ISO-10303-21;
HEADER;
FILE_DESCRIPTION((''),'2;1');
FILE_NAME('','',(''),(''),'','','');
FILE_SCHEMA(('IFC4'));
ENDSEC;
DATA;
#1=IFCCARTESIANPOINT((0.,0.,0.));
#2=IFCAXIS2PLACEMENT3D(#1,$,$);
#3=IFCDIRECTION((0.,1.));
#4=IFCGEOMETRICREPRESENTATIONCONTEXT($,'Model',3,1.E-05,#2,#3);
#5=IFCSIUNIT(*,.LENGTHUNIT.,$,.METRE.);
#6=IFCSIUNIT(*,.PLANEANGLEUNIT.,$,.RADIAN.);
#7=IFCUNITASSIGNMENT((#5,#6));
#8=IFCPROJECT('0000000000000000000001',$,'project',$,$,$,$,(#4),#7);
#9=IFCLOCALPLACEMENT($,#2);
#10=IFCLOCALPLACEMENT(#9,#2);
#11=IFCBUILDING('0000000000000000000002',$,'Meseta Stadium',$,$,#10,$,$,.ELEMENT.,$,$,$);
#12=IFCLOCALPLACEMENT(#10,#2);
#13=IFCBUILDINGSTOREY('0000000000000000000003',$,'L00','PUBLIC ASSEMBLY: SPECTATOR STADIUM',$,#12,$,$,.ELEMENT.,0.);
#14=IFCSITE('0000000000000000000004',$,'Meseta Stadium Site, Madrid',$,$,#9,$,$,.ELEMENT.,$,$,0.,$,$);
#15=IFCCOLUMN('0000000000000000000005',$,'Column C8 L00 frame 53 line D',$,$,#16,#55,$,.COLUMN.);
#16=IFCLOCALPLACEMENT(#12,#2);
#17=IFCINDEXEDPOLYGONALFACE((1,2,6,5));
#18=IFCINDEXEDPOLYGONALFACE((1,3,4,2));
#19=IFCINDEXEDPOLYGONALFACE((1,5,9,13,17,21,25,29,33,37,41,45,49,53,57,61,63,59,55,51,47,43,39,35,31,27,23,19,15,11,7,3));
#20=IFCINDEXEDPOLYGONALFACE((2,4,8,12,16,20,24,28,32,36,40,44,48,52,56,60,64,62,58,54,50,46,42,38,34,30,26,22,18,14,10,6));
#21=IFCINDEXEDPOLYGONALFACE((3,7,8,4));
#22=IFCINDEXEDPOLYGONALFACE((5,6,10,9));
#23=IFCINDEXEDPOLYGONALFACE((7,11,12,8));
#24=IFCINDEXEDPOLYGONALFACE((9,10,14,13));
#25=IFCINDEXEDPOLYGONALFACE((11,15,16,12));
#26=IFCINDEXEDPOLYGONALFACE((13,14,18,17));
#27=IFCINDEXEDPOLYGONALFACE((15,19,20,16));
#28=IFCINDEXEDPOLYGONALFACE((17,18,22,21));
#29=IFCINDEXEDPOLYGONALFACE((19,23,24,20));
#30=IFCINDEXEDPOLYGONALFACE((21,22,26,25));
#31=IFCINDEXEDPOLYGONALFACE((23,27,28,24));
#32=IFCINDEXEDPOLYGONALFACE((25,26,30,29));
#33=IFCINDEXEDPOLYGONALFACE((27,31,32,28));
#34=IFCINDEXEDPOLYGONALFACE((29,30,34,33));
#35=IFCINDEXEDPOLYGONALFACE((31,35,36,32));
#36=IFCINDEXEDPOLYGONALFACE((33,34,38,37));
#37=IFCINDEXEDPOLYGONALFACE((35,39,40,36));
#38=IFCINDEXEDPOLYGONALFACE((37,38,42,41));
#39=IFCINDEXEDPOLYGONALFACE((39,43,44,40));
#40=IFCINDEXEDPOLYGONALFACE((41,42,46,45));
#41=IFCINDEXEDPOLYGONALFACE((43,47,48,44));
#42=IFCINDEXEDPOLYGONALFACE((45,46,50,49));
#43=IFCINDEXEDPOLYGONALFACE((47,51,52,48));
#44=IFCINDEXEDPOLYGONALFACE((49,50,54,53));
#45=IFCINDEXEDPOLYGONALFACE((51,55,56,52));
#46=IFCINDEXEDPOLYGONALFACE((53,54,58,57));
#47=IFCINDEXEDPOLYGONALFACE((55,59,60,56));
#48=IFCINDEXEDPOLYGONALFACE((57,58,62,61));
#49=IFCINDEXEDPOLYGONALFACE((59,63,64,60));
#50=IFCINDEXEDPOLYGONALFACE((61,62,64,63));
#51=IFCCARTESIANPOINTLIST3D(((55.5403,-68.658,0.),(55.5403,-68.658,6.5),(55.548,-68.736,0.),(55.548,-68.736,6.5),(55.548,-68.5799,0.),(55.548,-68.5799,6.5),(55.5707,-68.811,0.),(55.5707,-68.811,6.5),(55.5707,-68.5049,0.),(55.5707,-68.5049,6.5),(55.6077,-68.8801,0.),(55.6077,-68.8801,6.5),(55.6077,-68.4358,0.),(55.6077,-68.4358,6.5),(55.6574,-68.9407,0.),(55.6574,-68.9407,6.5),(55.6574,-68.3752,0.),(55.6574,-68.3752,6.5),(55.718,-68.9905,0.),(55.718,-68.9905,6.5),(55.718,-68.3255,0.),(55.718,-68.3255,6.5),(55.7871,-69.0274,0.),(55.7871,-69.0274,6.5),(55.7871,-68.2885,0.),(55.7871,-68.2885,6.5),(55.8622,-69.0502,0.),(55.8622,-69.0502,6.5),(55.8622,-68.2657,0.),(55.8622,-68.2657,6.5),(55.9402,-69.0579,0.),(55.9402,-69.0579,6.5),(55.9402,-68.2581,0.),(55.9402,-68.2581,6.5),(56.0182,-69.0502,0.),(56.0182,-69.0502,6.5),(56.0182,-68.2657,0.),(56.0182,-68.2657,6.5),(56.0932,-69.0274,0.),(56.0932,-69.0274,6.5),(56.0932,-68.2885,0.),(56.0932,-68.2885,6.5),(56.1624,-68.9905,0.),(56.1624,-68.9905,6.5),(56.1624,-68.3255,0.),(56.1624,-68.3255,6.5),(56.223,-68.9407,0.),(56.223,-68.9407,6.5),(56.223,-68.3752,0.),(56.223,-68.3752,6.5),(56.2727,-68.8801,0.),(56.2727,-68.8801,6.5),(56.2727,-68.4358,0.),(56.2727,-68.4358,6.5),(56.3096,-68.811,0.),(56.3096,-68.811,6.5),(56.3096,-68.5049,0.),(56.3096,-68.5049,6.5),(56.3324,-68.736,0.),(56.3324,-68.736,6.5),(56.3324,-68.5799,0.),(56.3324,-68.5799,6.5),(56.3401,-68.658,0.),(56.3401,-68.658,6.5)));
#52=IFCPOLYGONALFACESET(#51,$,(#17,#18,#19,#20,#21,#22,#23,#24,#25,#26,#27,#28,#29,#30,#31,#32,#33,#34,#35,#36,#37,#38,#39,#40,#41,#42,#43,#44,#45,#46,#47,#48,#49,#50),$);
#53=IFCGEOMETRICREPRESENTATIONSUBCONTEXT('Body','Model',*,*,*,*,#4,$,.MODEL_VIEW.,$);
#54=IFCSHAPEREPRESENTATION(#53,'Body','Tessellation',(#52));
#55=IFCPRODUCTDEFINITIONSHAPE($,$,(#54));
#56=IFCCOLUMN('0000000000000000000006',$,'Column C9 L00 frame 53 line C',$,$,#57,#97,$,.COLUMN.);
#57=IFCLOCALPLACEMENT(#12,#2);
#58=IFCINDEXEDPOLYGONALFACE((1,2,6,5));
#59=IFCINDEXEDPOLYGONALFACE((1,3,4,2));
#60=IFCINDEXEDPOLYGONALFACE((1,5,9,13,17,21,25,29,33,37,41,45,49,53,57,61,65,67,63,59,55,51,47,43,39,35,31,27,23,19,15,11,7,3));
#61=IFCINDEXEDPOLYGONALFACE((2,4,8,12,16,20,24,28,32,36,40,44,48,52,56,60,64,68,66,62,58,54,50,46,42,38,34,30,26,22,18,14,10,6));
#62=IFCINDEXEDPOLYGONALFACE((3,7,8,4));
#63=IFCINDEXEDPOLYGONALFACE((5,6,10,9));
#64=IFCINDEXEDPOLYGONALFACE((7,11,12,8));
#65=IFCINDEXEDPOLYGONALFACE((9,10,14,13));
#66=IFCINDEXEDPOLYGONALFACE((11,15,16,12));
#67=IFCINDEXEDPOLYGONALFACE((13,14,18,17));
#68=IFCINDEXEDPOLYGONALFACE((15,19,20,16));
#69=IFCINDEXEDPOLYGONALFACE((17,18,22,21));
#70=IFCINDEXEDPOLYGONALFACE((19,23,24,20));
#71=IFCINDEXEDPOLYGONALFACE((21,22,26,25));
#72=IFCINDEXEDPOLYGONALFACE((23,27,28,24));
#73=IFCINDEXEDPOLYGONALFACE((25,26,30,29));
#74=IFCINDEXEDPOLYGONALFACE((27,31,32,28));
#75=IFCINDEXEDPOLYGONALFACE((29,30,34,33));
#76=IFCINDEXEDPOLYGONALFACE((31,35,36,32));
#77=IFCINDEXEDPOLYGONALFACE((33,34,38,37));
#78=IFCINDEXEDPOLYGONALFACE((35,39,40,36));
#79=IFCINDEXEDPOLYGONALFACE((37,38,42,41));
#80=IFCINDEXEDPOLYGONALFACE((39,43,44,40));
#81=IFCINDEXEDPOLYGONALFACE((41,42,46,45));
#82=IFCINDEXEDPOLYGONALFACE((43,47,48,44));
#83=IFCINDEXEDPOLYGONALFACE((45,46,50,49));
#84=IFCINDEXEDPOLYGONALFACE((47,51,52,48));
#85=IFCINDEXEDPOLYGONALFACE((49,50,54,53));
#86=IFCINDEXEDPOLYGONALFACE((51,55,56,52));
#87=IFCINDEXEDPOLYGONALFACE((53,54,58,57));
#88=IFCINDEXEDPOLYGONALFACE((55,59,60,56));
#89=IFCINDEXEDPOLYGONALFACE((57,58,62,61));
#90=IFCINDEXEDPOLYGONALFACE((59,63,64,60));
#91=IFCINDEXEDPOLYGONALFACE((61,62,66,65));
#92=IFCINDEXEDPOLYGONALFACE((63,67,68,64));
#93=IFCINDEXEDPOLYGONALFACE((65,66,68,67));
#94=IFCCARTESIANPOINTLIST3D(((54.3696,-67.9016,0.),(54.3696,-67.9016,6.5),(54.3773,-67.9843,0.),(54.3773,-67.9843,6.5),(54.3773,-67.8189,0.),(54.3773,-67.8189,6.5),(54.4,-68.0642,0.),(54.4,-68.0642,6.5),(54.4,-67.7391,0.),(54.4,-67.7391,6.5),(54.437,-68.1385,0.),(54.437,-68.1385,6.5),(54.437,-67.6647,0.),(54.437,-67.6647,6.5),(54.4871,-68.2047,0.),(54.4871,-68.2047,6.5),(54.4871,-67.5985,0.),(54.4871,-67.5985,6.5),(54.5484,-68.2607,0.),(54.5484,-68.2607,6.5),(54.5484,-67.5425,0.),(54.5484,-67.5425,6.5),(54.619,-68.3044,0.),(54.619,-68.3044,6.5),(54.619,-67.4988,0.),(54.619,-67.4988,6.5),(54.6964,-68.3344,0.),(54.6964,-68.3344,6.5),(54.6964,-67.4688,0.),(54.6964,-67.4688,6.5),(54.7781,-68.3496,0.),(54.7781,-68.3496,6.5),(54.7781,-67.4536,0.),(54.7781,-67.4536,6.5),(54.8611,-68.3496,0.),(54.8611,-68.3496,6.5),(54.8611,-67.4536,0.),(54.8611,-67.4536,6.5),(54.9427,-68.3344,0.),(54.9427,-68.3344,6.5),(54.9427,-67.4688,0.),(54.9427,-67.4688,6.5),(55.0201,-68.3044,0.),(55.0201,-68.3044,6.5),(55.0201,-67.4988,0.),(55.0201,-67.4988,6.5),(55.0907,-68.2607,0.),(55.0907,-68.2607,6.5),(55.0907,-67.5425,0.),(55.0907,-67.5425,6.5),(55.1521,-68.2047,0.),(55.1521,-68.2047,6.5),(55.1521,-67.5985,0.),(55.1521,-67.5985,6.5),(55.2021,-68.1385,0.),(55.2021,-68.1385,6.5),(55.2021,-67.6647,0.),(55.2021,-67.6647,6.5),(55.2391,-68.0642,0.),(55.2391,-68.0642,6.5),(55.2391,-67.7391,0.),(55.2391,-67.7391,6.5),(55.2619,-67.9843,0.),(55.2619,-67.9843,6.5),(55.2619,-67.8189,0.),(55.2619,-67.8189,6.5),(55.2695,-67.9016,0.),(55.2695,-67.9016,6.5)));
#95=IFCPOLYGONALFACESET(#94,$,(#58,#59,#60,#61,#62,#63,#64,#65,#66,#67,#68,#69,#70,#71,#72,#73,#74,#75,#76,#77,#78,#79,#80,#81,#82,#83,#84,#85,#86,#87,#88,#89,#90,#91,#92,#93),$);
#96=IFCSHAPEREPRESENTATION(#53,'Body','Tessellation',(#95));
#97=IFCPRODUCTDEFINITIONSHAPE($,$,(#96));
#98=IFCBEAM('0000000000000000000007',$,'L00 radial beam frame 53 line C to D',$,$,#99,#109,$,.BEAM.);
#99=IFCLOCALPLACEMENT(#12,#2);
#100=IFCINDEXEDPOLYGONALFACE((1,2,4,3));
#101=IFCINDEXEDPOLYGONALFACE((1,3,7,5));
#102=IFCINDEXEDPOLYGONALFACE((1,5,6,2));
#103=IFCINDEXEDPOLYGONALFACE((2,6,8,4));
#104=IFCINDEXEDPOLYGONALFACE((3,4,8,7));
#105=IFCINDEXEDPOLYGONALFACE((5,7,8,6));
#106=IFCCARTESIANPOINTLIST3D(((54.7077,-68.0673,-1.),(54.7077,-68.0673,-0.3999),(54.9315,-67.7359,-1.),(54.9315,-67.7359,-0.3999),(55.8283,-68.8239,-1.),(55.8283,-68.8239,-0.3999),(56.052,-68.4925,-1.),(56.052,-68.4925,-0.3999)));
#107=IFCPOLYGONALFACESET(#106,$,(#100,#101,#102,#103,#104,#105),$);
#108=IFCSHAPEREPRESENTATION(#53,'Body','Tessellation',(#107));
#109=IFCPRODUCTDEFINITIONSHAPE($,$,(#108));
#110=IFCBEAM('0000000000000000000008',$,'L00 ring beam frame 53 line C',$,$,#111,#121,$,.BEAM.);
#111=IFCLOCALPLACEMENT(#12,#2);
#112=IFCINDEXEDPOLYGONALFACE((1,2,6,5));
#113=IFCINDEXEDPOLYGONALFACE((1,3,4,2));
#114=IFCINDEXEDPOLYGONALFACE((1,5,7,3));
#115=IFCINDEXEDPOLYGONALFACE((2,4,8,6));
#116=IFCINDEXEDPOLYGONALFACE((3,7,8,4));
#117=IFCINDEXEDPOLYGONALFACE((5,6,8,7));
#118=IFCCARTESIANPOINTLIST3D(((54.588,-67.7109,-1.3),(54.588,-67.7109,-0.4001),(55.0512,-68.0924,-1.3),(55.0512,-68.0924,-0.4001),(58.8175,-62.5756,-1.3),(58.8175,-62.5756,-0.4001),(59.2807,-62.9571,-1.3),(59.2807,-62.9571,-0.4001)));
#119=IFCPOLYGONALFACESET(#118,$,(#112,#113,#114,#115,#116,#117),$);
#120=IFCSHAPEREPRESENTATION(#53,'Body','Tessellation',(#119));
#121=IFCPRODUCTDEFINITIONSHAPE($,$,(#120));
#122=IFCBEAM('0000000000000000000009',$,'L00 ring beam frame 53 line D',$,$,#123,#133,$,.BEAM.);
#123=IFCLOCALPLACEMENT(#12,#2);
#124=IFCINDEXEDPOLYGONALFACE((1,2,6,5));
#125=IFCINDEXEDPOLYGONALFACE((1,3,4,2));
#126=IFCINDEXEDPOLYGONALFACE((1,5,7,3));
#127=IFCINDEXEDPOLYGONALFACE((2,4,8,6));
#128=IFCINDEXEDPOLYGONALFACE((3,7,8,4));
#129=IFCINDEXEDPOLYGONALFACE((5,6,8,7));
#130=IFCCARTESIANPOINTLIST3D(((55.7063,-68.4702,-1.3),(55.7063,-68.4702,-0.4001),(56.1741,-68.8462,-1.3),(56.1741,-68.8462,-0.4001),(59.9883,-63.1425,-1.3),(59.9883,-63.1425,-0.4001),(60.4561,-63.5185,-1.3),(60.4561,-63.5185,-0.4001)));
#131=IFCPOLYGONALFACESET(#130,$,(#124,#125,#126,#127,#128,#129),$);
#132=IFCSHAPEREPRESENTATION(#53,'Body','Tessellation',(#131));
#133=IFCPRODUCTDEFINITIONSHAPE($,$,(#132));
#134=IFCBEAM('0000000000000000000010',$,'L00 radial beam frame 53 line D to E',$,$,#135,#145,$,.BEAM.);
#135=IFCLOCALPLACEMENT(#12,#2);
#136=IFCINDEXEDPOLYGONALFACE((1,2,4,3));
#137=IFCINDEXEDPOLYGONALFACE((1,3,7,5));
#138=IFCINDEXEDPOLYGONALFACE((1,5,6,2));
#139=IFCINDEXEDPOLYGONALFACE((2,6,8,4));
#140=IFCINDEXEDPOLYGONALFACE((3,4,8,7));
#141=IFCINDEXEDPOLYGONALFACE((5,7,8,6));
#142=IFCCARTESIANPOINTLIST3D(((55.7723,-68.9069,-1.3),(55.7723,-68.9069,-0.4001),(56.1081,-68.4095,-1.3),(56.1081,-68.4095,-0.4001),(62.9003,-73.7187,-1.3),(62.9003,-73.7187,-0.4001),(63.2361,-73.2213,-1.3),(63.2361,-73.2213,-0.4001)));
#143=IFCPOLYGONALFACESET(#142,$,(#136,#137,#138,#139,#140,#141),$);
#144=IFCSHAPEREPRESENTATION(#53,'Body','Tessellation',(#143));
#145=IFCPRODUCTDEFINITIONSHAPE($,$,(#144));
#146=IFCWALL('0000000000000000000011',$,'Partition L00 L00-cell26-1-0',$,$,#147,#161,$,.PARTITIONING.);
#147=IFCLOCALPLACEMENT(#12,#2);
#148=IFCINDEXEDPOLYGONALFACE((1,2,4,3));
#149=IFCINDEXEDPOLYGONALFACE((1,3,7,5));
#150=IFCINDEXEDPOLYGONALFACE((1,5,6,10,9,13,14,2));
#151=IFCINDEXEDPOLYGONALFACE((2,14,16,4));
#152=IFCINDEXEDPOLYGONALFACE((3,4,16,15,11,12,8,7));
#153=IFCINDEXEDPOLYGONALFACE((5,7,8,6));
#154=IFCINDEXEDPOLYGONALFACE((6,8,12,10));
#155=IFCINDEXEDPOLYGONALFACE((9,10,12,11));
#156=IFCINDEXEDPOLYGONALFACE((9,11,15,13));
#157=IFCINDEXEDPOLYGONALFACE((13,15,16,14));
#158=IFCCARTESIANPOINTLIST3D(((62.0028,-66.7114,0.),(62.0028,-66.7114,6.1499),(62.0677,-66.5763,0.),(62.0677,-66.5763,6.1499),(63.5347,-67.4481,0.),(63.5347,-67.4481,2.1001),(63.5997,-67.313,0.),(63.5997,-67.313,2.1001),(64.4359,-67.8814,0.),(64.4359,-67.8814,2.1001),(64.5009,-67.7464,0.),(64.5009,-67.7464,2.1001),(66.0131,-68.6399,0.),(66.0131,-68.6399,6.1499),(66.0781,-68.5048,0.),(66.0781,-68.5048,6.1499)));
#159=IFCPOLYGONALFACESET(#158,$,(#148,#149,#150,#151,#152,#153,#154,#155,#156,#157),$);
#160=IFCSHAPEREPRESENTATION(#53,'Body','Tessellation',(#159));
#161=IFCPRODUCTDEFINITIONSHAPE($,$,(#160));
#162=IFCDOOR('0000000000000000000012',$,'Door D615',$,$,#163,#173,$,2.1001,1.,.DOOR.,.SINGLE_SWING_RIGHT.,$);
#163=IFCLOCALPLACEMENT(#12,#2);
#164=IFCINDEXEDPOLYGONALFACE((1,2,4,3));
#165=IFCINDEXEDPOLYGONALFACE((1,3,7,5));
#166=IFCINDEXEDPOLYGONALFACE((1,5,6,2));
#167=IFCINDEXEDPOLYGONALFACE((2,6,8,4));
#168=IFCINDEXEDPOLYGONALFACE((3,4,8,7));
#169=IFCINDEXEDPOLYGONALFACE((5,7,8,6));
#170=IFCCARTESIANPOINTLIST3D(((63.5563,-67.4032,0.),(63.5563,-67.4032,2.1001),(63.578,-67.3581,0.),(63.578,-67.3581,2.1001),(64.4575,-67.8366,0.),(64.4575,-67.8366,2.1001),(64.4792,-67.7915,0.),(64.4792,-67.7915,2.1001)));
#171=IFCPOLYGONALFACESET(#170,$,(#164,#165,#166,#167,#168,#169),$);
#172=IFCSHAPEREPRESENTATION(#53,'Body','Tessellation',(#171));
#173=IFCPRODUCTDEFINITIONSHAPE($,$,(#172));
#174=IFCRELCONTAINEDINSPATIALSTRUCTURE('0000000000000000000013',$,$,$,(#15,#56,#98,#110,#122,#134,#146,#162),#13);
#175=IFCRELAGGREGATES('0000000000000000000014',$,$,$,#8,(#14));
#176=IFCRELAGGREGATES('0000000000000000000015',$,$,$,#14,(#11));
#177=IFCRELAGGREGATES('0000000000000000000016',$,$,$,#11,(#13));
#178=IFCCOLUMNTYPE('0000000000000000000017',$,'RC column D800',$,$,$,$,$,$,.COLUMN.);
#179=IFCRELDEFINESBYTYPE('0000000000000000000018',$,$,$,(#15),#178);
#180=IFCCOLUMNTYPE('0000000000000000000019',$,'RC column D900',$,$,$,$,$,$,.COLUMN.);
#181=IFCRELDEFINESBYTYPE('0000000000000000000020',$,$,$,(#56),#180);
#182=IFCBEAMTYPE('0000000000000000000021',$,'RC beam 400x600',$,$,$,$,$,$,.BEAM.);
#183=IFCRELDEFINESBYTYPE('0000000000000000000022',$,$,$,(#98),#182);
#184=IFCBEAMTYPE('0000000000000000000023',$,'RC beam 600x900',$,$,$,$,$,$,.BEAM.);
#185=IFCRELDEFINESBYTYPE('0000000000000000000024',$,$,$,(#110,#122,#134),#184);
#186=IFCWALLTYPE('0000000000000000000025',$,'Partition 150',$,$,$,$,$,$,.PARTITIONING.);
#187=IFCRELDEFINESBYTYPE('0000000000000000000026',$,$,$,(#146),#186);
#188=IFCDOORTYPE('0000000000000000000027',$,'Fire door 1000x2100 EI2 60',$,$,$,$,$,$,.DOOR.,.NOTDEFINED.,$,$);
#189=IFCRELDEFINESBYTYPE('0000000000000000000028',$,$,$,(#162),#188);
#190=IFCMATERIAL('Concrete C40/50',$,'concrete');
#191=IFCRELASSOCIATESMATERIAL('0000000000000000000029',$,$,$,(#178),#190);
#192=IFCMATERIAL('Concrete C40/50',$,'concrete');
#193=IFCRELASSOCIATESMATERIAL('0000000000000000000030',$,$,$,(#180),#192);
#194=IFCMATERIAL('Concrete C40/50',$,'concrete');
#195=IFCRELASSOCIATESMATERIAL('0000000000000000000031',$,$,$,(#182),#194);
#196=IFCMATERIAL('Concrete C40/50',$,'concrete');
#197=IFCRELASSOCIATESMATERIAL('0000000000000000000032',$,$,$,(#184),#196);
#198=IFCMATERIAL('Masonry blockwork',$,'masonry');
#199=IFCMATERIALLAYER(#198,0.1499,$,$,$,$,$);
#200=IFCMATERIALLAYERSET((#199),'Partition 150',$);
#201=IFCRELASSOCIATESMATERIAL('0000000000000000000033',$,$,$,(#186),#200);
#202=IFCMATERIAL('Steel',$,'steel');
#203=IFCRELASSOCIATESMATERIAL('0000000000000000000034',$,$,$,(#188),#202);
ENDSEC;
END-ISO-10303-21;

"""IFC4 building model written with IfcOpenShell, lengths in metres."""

from ifc_helpers import new_model, si_unit, direction, frame, frame_2d, origin, origin_2d, place, context, subcontext, project, spatial, rectangle, circle, extrude, material, layer, layer_set, material_profile, profile_set, type_object, element, fill, save


model = new_model("IFC4")

# Units and contexts
model_context = context("Model", 3, precision=1e-05, world=origin(), true_north=direction((0.0, 1.0)))
body_context = subcontext(model_context, "Body", "Model", "MODEL_VIEW")
ifc_project = project(units=[si_unit("LENGTHUNIT", "METRE"), si_unit("PLANEANGLEUNIT", "RADIAN")], contexts=[model_context])

# Site, building, storey
site_placement = place(None, origin())
site = spatial("IfcSite", under=ifc_project, at=site_placement, Name="Meseta Stadium Site, Madrid", CompositionType="ELEMENT", RefElevation=0.0)
building_placement = place(site_placement, origin())
building = spatial("IfcBuilding", under=site, at=building_placement, Name="Meseta Stadium", CompositionType="ELEMENT")
storey_placement = place(building_placement, origin())
storey = spatial("IfcBuildingStorey", under=building, at=storey_placement, Name="L00", Description="PUBLIC ASSEMBLY: SPECTATOR STADIUM", CompositionType="ELEMENT", Elevation=0.0)

# Columns
ifc_material_1 = material(Name="Concrete C40/50", Category="concrete")
ifc_material_profile_1 = material_profile(ifc_material_1, circle(Radius=0.3999, at=origin_2d()), Name="RC D800")
ifc_profile_set_1 = profile_set([ifc_material_profile_1], Name="Concrete C40/50")
column_type_1 = type_object("IfcColumnType", Name="RC column D800", PredefinedType="COLUMN", material=ifc_profile_set_1)
column_1_placement = place(storey_placement, frame((55.9402, -68.658, 0.0), z_axis=(0.0, 0.0, 1.0), x_axis=(1.0, 0.0, 0.0)))
element("IfcColumn", 1, at=column_1_placement, inside=storey, type_object=column_type_1, Name="Column C8 L00 frame 53 line D", PredefinedType="COLUMN", context=body_context, shape_type="SweptSolid", body=[
    extrude(circle(Radius=0.3999, at=origin_2d()), origin(), (0.0, 0.0, 1.0), 6.5),
])
ifc_material_2 = material(Name="Concrete C40/50", Category="concrete")
ifc_material_profile_2 = material_profile(ifc_material_2, circle(Radius=0.45, at=origin_2d()), Name="RC D900")
ifc_profile_set_2 = profile_set([ifc_material_profile_2], Name="Concrete C40/50")
column_type_2 = type_object("IfcColumnType", Name="RC column D900", PredefinedType="COLUMN", material=ifc_profile_set_2)
column_2_placement = place(storey_placement, frame((54.8196, -67.9016, 0.0), z_axis=(0.0, 0.0, 1.0), x_axis=(1.0, 0.0, 0.0)))
element("IfcColumn", 2, at=column_2_placement, inside=storey, type_object=column_type_2, Name="Column C9 L00 frame 53 line C", PredefinedType="COLUMN", context=body_context, shape_type="SweptSolid", body=[
    extrude(circle(Radius=0.45, at=origin_2d()), origin(), (0.0, 0.0, 1.0), 6.5),
])

# Beams
ifc_material_3 = material(Name="Concrete C40/50", Category="concrete")
ifc_material_profile_3 = material_profile(ifc_material_3, rectangle(XDim=0.3999, YDim=0.6001, at=origin_2d()), Name="RC 400x600")
ifc_profile_set_3 = profile_set([ifc_material_profile_3], Name="Concrete C40/50")
beam_type_1 = type_object("IfcBeamType", Name="RC beam 400x600", PredefinedType="BEAM", material=ifc_profile_set_3)
beam_1_placement = place(storey_placement, frame((54.8196, -67.9016, -0.7), z_axis=(0.828786, -0.559566, 0.0), x_axis=(0.559566, 0.828786, 0.0)))
element("IfcBeam", 3, at=beam_1_placement, inside=storey, type_object=beam_type_1, Name="L00 radial beam frame 53 line C to D", PredefinedType="BEAM", context=body_context, shape_type="SweptSolid", body=[
    extrude(rectangle(XDim=0.3999, YDim=0.6001, at=origin_2d()), origin(), (0.0, 0.0, 1.0), 1.3521),
])
ifc_material_4 = material(Name="Concrete C40/50", Category="concrete")
ifc_material_profile_4 = material_profile(ifc_material_4, rectangle(XDim=0.6001, YDim=0.8999, at=origin_2d()), Name="RC 600x900")
ifc_profile_set_4 = profile_set([ifc_material_profile_4], Name="Concrete C40/50")
beam_type_2 = type_object("IfcBeamType", Name="RC beam 600x900", PredefinedType="BEAM", material=ifc_profile_set_4)
beam_2_placement = place(storey_placement, frame((54.8196, -67.9016, -0.8501), z_axis=(0.635748, 0.771896, 0.0), x_axis=(-0.771896, 0.635748, 0.0)))
element("IfcBeam", 4, at=beam_2_placement, inside=storey, type_object=beam_type_2, Name="L00 ring beam frame 53 line C", PredefinedType="BEAM", context=body_context, shape_type="SweptSolid", body=[
    extrude(rectangle(XDim=0.6001, YDim=0.8999, at=origin_2d()), origin(), (0.0, 0.0, 1.0), 6.6528),
])
beam_3_placement = place(storey_placement, frame((55.9402, -68.6582, -0.8501), z_axis=(0.626466, 0.779449, 0.0), x_axis=(-0.779449, 0.626466, 0.0)))
element("IfcBeam", 5, at=beam_3_placement, inside=storey, type_object=beam_type_2, Name="L00 ring beam frame 53 line D", PredefinedType="BEAM", context=body_context, shape_type="SweptSolid", body=[
    extrude(rectangle(XDim=0.6001, YDim=0.8999, at=origin_2d()), origin(), (0.0, 0.0, 1.0), 6.8352),
])
beam_4_placement = place(storey_placement, frame((55.9402, -68.6582, -0.8501), z_axis=(0.828826, -0.559506, 0.0), x_axis=(0.559506, 0.828826, 0.0)))
element("IfcBeam", 6, at=beam_4_placement, inside=storey, type_object=beam_type_2, Name="L00 radial beam frame 53 line D to E", PredefinedType="BEAM", context=body_context, shape_type="SweptSolid", body=[
    extrude(rectangle(XDim=0.6001, YDim=0.8999, at=origin_2d()), origin(), (0.0, 0.0, 1.0), 8.6001),
])

# Wall, opening, door
ifc_material_5 = material(Name="Masonry blockwork", Category="masonry")
ifc_layer = layer(ifc_material_5, 0.1499)
ifc_layer_set = layer_set([ifc_layer], Name="Partition 150")
wall_type = type_object("IfcWallType", Name="Partition 150", PredefinedType="PARTITIONING", material=ifc_layer_set)
wall_1_placement = place(storey_placement, frame((62.0352, -66.6438, 0.0), z_axis=(0.0, 0.0, 1.0), x_axis=(0.901212, -0.433378, 0.0)))
wall_1 = element("IfcWall", 7, at=wall_1_placement, inside=storey, type_object=wall_type, Name="Partition L00 L00-cell26-1-0", PredefinedType="PARTITIONING", context=body_context, shape_type="SweptSolid", body=[
    extrude(rectangle(XDim=4.45, YDim=0.1499, at=frame_2d((2.2251, 0.0))), origin(), (0.0, 0.0, 1.0), 6.1499),
])
opening_1_placement = place(wall_1_placement, frame((1.7, 0.0, 0.0)))
opening_1 = element("IfcOpeningElement", 8, at=opening_1_placement, cuts=wall_1, PredefinedType="OPENING", context=body_context, shape_type="SweptSolid", body=[
    extrude(rectangle(XDim=1.0, YDim=2.1001, at=frame_2d((0.5, 1.05))), frame((0.0, 0.085, 0.0), z_axis=(0.0, -1.0, 0.0), x_axis=(1.0, 0.0, 0.0)), (0.0, 0.0, 1.0), 0.1699),
])
ifc_material_6 = material(Name="Steel", Category="steel")
door_type_1 = type_object("IfcDoorType", Name="Fire door 1000x2100 EI2 60", OperationType="NOTDEFINED", PredefinedType="DOOR", material=ifc_material_6)
door_1_placement = place(opening_1_placement, origin())
door_1 = element("IfcDoor", 9, at=door_1_placement, inside=storey, type_object=door_type_1, Name="Door D615", OperationType="SINGLE_SWING_RIGHT", OverallHeight=2.1001, OverallWidth=1.0, PredefinedType="DOOR", context=body_context, shape_type="SweptSolid", body=[
    extrude(rectangle(XDim=1.0, YDim=2.1001, at=frame_2d((0.5, 1.05))), frame((0.0, 0.0249, 0.0), z_axis=(0.0, -1.0, 0.0), x_axis=(1.0, 0.0, 0.0)), (0.0, 0.0, 1.0), 0.05),
])
fill(opening_1, door_1)

save(model, "model.ifc")
